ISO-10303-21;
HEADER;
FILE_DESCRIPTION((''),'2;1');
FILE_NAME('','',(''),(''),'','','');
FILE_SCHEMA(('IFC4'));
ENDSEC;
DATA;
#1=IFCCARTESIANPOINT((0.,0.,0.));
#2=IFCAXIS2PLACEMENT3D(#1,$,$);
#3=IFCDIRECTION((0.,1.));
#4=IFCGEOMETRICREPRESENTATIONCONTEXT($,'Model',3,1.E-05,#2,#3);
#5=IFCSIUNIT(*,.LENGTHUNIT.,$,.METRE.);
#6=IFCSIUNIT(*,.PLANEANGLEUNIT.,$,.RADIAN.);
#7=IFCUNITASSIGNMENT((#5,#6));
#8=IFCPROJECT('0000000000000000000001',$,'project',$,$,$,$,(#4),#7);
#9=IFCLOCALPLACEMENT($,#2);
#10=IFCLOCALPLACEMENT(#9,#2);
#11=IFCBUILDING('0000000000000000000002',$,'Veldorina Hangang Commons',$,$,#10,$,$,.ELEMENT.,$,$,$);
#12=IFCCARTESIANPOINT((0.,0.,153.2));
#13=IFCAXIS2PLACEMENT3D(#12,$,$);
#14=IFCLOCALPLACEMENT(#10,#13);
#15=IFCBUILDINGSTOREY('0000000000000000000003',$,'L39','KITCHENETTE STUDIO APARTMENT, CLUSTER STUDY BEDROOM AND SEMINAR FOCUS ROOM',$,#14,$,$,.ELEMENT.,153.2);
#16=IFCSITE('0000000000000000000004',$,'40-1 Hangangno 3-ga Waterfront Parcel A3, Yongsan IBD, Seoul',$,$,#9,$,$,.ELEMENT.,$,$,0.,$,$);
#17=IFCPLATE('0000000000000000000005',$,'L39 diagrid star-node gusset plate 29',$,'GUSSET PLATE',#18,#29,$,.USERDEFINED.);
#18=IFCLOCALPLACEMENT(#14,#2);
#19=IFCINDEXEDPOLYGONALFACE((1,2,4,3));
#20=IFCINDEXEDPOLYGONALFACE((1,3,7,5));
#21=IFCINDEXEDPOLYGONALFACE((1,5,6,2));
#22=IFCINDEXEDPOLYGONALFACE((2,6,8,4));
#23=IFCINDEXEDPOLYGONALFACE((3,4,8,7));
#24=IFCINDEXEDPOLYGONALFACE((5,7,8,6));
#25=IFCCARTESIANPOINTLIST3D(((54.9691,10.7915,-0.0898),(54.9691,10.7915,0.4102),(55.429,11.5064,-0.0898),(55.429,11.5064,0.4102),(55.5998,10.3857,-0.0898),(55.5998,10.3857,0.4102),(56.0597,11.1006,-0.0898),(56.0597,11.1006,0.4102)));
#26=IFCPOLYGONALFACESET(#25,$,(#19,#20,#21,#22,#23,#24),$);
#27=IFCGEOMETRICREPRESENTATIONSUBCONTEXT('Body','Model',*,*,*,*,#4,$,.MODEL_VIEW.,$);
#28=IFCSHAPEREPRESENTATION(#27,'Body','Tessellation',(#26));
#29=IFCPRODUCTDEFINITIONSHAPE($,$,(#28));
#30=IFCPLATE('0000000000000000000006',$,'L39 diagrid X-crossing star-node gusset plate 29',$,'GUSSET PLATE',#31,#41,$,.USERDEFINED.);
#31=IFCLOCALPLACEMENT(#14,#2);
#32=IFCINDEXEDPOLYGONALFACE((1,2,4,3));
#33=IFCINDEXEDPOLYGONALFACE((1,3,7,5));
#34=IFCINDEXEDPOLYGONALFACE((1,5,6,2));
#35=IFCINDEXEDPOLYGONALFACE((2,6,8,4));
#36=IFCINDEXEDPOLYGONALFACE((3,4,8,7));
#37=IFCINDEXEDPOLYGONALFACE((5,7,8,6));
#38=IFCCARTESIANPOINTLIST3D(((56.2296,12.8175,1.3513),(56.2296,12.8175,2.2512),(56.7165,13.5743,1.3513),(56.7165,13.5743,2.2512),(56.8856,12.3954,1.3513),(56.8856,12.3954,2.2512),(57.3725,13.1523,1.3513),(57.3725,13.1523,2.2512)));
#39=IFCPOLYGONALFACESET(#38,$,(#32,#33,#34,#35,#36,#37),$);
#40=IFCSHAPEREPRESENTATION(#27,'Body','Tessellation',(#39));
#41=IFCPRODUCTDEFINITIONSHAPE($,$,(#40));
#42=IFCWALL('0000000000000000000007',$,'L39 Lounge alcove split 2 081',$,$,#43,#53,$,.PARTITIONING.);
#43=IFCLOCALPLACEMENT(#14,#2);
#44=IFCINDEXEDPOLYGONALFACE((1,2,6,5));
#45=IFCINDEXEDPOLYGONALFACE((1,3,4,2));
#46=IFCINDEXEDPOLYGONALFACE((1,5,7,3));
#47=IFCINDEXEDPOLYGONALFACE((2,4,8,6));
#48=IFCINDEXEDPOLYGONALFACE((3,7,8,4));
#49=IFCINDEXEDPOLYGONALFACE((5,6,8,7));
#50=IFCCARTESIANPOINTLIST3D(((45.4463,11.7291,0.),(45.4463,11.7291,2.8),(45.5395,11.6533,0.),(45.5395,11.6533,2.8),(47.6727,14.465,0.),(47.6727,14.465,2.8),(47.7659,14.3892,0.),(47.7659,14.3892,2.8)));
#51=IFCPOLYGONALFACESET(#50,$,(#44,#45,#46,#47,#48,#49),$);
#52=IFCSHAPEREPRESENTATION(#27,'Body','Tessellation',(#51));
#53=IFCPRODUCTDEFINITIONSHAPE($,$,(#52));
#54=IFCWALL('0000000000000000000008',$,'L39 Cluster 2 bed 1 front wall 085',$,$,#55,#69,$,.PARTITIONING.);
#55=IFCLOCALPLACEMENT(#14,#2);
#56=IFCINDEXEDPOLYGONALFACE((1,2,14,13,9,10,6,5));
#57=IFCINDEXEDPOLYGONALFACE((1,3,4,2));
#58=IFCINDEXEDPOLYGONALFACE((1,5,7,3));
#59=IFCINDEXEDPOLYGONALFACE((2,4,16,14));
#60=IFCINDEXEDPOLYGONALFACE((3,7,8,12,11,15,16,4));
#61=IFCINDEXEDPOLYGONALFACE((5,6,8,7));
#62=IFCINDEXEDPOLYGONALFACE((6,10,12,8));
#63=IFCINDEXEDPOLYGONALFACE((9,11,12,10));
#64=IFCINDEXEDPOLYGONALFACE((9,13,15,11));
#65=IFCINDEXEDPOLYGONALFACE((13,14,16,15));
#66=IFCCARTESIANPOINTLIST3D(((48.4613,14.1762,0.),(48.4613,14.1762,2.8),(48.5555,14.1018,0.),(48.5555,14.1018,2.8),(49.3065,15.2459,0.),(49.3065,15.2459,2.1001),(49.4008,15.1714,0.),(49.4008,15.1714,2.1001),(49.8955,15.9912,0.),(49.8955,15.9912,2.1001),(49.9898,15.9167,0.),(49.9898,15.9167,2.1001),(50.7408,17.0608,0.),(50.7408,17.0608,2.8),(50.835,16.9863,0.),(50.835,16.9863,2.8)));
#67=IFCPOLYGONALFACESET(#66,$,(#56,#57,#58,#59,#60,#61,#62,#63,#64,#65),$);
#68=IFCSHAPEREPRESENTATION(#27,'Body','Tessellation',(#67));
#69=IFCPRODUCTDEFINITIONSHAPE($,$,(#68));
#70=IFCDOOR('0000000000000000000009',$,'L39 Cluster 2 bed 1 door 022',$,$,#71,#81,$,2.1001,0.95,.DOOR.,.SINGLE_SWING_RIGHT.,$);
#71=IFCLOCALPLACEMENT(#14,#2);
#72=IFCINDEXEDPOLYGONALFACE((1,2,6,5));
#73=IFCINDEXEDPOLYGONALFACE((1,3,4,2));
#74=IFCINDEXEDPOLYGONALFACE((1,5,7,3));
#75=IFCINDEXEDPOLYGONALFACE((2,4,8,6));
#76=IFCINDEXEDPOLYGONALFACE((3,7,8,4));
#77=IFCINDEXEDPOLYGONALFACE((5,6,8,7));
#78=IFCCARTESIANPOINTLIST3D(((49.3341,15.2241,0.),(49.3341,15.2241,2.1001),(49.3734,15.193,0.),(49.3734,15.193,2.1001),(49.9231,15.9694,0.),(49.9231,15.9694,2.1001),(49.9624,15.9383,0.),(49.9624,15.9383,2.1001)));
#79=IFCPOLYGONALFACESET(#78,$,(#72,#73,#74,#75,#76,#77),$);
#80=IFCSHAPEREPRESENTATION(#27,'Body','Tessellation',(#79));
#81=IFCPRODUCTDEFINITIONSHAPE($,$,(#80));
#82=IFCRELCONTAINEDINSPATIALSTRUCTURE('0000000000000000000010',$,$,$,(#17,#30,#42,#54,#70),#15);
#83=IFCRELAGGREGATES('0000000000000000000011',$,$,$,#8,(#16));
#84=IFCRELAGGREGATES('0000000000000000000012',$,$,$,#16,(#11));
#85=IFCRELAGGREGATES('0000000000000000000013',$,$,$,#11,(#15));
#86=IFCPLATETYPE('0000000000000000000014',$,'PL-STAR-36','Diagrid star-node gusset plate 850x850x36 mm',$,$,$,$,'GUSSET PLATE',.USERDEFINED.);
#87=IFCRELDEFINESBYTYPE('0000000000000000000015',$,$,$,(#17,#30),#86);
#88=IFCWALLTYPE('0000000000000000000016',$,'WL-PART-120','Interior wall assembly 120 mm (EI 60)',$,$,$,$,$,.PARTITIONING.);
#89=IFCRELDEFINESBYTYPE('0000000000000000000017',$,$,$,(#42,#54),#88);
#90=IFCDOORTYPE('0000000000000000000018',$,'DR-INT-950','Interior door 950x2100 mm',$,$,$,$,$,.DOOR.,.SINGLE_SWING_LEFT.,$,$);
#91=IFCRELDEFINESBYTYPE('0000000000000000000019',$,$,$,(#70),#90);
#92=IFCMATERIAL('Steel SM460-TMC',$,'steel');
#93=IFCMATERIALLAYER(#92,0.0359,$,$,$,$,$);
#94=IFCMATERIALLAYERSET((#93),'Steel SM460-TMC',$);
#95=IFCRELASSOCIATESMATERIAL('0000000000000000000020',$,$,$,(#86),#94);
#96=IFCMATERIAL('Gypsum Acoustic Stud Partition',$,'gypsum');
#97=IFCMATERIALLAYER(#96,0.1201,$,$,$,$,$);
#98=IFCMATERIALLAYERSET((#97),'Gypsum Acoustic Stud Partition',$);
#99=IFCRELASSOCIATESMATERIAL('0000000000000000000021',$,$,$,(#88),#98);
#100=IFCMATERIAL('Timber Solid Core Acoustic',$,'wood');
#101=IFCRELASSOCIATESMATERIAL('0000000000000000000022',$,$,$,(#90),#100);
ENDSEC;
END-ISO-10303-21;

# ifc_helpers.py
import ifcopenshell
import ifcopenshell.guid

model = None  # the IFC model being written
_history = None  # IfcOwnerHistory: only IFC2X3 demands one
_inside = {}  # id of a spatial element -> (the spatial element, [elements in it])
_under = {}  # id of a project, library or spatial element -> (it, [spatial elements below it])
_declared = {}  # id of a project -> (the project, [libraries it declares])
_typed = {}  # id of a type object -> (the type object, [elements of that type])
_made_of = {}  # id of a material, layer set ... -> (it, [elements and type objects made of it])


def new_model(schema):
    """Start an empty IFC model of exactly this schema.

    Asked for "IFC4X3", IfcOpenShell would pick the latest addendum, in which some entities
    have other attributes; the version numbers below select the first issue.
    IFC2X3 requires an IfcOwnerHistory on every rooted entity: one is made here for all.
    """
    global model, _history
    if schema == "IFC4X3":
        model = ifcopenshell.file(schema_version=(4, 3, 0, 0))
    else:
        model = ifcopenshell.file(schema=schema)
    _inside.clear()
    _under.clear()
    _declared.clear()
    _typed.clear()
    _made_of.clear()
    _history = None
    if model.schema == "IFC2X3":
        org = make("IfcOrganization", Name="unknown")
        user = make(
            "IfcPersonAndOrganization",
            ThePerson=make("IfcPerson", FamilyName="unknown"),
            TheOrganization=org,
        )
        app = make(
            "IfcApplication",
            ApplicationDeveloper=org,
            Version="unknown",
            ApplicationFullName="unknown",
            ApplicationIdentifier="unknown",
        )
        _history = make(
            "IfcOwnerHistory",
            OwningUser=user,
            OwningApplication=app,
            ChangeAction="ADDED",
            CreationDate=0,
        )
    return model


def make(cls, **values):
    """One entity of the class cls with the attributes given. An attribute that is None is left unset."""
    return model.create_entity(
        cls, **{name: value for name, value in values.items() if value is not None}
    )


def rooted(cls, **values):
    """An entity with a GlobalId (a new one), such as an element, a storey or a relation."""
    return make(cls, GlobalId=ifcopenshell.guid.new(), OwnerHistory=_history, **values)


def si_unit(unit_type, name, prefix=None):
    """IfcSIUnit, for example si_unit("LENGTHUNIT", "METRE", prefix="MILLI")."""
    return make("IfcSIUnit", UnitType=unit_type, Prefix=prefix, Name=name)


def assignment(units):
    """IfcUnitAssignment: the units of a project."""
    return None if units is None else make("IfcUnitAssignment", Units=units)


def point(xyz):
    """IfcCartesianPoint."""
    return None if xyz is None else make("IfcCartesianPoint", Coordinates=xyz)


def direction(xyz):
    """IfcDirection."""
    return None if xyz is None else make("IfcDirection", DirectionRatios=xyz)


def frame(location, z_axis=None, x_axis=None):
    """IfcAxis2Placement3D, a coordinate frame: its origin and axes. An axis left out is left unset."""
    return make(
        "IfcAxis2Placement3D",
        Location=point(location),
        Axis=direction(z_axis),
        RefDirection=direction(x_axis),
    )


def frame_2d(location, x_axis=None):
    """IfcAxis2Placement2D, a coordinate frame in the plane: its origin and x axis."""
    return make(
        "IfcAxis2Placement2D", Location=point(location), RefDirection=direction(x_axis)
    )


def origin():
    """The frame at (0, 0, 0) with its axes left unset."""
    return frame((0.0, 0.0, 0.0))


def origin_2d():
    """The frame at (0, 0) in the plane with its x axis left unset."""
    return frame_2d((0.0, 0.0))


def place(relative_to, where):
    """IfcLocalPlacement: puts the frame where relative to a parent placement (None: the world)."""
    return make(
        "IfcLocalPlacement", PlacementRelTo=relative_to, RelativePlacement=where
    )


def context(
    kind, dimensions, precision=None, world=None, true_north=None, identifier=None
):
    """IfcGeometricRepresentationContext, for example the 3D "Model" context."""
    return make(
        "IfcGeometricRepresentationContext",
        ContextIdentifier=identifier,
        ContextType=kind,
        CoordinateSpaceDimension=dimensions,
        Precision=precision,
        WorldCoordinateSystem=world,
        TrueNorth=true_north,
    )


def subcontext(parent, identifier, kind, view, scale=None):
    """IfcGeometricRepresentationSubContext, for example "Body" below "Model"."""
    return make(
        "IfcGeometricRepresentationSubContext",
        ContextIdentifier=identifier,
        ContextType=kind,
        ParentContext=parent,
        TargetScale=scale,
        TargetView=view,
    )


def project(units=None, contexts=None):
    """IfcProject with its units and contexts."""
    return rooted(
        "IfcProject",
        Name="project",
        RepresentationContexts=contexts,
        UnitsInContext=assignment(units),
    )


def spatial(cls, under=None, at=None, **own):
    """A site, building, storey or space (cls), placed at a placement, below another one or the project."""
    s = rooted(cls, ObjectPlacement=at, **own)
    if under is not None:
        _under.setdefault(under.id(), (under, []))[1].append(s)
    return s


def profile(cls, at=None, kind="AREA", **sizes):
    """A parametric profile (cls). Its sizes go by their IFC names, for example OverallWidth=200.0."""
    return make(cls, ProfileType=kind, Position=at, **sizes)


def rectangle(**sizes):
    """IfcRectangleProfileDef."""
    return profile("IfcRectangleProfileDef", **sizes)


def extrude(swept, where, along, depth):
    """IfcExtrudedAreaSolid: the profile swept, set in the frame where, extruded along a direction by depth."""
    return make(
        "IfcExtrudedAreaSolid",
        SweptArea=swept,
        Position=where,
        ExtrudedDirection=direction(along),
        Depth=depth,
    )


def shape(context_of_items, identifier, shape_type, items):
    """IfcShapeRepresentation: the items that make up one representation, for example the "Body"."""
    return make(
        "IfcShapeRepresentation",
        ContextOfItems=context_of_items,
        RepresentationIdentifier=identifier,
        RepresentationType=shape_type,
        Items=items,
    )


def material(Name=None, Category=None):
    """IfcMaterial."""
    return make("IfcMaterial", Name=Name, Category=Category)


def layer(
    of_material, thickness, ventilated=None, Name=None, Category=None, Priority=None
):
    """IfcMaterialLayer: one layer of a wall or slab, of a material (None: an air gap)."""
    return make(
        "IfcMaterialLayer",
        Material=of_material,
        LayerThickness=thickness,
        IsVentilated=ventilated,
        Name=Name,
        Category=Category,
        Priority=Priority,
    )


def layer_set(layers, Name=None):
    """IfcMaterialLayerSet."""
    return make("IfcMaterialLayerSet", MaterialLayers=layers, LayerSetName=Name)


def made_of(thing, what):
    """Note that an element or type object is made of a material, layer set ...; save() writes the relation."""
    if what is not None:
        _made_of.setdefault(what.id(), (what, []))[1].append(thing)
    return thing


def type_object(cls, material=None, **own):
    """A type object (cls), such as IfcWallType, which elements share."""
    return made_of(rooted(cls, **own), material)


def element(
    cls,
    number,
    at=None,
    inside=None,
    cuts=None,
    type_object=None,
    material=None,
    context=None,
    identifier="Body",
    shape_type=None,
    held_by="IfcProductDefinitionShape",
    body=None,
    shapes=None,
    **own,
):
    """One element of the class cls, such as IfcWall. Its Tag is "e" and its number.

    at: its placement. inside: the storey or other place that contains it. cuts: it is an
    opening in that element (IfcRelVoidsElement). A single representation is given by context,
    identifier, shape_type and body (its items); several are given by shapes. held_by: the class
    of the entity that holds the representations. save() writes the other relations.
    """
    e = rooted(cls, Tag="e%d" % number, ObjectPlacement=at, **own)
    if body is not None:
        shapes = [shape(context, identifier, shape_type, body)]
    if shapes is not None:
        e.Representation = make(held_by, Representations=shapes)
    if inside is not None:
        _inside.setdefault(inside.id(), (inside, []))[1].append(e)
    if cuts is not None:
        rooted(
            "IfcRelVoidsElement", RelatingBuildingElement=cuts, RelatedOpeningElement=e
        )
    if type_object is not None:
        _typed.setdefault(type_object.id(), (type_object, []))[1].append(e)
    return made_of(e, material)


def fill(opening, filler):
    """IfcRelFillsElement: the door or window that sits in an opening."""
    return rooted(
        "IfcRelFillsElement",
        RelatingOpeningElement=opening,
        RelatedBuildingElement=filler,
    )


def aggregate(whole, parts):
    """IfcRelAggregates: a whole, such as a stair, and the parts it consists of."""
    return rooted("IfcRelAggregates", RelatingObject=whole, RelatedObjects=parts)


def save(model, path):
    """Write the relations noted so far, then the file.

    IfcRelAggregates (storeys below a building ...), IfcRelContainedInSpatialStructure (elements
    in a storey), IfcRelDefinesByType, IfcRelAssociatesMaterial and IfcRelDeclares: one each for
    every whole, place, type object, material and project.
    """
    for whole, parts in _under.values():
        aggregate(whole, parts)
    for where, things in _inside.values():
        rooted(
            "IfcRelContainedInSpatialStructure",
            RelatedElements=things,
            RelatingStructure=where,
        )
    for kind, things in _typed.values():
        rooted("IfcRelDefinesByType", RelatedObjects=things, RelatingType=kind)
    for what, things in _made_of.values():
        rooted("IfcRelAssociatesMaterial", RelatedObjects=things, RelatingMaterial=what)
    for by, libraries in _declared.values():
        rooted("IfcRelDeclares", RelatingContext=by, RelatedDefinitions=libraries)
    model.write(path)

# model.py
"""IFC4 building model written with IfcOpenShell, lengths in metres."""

from ifc_helpers import new_model, si_unit, direction, frame, frame_2d, origin, origin_2d, place, context, subcontext, project, spatial, rectangle, extrude, material, layer, layer_set, type_object, element, fill, save


model = new_model("IFC4")

# Units and contexts
model_context = context("Model", 3, precision=1e-05, world=origin(), true_north=direction((0.0, 1.0)))
body_context = subcontext(model_context, "Body", "Model", "MODEL_VIEW")
ifc_project = project(units=[si_unit("LENGTHUNIT", "METRE"), si_unit("PLANEANGLEUNIT", "RADIAN")], contexts=[model_context])

# Site, building, storey
site_placement = place(None, origin())
site = spatial("IfcSite", under=ifc_project, at=site_placement, Name="40-1 Hangangno 3-ga Waterfront Parcel A3, Yongsan IBD, Seoul", CompositionType="ELEMENT", RefElevation=0.0)
building_placement = place(site_placement, origin())
building = spatial("IfcBuilding", under=site, at=building_placement, Name="Veldorina Hangang Commons", CompositionType="ELEMENT")
storey_placement = place(building_placement, frame((0.0, 0.0, 153.2)))
storey = spatial("IfcBuildingStorey", under=building, at=storey_placement, Name="L39", Description="KITCHENETTE STUDIO APARTMENT, CLUSTER STUDY BEDROOM AND SEMINAR FOCUS ROOM", CompositionType="ELEMENT", Elevation=153.2)

# Plates
ifc_material_1 = material(Name="Steel SM460-TMC", Category="steel")
ifc_layer_1 = layer(ifc_material_1, 0.0359)
ifc_layer_set_1 = layer_set([ifc_layer_1], Name="Steel SM460-TMC")
plate_type_1 = type_object("IfcPlateType", Name="PL-STAR-36", Description="Diagrid star-node gusset plate 850x850x36 mm", ElementType="GUSSET PLATE", PredefinedType="USERDEFINED", material=ifc_layer_set_1)
for number, where, z_axis, x_axis, name in (
    (1, (55.5144, 10.946, -0.0898), (0.0, 0.0, 1.0), (0.541048, 0.840992, 0.0), "L39 diagrid star-node gusset plate 29"),
):
    element("IfcPlate", number, at=place(storey_placement, frame(where, z_axis=z_axis, x_axis=x_axis)), inside=storey, type_object=plate_type_1, Name=name, ObjectType="GUSSET PLATE", PredefinedType="USERDEFINED", context=body_context, shape_type="SweptSolid", body=[
        extrude(rectangle(XDim=0.8501, YDim=0.75, at=origin_2d()), origin(), (0.0, 0.0, 1.0), 0.5),
    ])
plate_1_placement = place(storey_placement, frame((56.801, 12.9849, 1.3513), z_axis=(0.0, 0.0, 1.0), x_axis=(0.541048, 0.840992, 0.0)))
element("IfcPlate", 2, at=plate_1_placement, inside=storey, type_object=plate_type_1, Name="L39 diagrid X-crossing star-node gusset plate 29", ObjectType="GUSSET PLATE", PredefinedType="USERDEFINED", context=body_context, shape_type="SweptSolid", body=[
    extrude(rectangle(XDim=0.8999, YDim=0.78, at=origin_2d()), origin(), (0.0, 0.0, 1.0), 0.8999),
])

# Wall
ifc_material_2 = material(Name="Gypsum Acoustic Stud Partition", Category="gypsum")
ifc_layer_2 = layer(ifc_material_2, 0.1201)
ifc_layer_set_2 = layer_set([ifc_layer_2], Name="Gypsum Acoustic Stud Partition")
wall_type_1 = type_object("IfcWallType", Name="WL-PART-120", Description="Interior wall assembly 120 mm (EI 60)", PredefinedType="PARTITIONING", material=ifc_layer_set_2)
wall_1_placement = place(storey_placement, frame((45.4929, 11.6912, 0.0), z_axis=(0.0, 0.0, 1.0), x_axis=(0.631181, 0.775635, 0.0)))
element("IfcWall", 3, at=wall_1_placement, inside=storey, type_object=wall_type_1, Name="L39 Lounge alcove split 2 081", PredefinedType="PARTITIONING", context=body_context, shape_type="SweptSolid", body=[
    extrude(rectangle(XDim=3.5273, YDim=0.1201, at=frame_2d((1.7637, 0.0))), origin(), (0.0, 0.0, 1.0), 2.8),
])

# Wall, opening, door
wall_2_placement = place(storey_placement, frame((48.5083, 14.1389, 0.0), z_axis=(0.0, 0.0, 1.0), x_axis=(0.620027, 0.78458, 0.0)))
wall_2 = element("IfcWall", 4, at=wall_2_placement, inside=storey, type_object=wall_type_1, Name="L39 Cluster 2 bed 1 front wall 085", PredefinedType="PARTITIONING", context=body_context, shape_type="SweptSolid", body=[
    extrude(rectangle(XDim=3.6765, YDim=0.1201, at=frame_2d((1.8384, 0.0))), origin(), (0.0, 0.0, 1.0), 2.8),
])
opening_1_placement = place(wall_2_placement, frame((1.3633, 0.0, 0.0)))
opening_1 = element("IfcOpeningElement", 5, at=opening_1_placement, cuts=wall_2, PredefinedType="OPENING", context=body_context, shape_type="SweptSolid", body=[
    extrude(rectangle(XDim=0.95, YDim=2.1001, at=frame_2d((0.4751, 1.05))), frame((0.0, 0.0701, 0.0), z_axis=(0.0, -1.0, 0.0), x_axis=(1.0, 0.0, 0.0)), (0.0, 0.0, 1.0), 0.1401),
])
ifc_material_3 = material(Name="Timber Solid Core Acoustic", Category="wood")
door_type_1 = type_object("IfcDoorType", Name="DR-INT-950", Description="Interior door 950x2100 mm", OperationType="SINGLE_SWING_LEFT", PredefinedType="DOOR", material=ifc_material_3)
door_1_placement = place(opening_1_placement, origin())
door_1 = element("IfcDoor", 6, at=door_1_placement, inside=storey, type_object=door_type_1, Name="L39 Cluster 2 bed 1 door 022", OperationType="SINGLE_SWING_RIGHT", OverallHeight=2.1001, OverallWidth=0.95, PredefinedType="DOOR", context=body_context, shape_type="SweptSolid", body=[
    extrude(rectangle(XDim=0.95, YDim=2.1001, at=frame_2d((0.4751, 1.05))), frame((0.0, 0.0249, 0.0), z_axis=(0.0, -1.0, 0.0), x_axis=(1.0, 0.0, 0.0)), (0.0, 0.0, 1.0), 0.05),
])
fill(opening_1, door_1)

save(model, "model.ifc")
